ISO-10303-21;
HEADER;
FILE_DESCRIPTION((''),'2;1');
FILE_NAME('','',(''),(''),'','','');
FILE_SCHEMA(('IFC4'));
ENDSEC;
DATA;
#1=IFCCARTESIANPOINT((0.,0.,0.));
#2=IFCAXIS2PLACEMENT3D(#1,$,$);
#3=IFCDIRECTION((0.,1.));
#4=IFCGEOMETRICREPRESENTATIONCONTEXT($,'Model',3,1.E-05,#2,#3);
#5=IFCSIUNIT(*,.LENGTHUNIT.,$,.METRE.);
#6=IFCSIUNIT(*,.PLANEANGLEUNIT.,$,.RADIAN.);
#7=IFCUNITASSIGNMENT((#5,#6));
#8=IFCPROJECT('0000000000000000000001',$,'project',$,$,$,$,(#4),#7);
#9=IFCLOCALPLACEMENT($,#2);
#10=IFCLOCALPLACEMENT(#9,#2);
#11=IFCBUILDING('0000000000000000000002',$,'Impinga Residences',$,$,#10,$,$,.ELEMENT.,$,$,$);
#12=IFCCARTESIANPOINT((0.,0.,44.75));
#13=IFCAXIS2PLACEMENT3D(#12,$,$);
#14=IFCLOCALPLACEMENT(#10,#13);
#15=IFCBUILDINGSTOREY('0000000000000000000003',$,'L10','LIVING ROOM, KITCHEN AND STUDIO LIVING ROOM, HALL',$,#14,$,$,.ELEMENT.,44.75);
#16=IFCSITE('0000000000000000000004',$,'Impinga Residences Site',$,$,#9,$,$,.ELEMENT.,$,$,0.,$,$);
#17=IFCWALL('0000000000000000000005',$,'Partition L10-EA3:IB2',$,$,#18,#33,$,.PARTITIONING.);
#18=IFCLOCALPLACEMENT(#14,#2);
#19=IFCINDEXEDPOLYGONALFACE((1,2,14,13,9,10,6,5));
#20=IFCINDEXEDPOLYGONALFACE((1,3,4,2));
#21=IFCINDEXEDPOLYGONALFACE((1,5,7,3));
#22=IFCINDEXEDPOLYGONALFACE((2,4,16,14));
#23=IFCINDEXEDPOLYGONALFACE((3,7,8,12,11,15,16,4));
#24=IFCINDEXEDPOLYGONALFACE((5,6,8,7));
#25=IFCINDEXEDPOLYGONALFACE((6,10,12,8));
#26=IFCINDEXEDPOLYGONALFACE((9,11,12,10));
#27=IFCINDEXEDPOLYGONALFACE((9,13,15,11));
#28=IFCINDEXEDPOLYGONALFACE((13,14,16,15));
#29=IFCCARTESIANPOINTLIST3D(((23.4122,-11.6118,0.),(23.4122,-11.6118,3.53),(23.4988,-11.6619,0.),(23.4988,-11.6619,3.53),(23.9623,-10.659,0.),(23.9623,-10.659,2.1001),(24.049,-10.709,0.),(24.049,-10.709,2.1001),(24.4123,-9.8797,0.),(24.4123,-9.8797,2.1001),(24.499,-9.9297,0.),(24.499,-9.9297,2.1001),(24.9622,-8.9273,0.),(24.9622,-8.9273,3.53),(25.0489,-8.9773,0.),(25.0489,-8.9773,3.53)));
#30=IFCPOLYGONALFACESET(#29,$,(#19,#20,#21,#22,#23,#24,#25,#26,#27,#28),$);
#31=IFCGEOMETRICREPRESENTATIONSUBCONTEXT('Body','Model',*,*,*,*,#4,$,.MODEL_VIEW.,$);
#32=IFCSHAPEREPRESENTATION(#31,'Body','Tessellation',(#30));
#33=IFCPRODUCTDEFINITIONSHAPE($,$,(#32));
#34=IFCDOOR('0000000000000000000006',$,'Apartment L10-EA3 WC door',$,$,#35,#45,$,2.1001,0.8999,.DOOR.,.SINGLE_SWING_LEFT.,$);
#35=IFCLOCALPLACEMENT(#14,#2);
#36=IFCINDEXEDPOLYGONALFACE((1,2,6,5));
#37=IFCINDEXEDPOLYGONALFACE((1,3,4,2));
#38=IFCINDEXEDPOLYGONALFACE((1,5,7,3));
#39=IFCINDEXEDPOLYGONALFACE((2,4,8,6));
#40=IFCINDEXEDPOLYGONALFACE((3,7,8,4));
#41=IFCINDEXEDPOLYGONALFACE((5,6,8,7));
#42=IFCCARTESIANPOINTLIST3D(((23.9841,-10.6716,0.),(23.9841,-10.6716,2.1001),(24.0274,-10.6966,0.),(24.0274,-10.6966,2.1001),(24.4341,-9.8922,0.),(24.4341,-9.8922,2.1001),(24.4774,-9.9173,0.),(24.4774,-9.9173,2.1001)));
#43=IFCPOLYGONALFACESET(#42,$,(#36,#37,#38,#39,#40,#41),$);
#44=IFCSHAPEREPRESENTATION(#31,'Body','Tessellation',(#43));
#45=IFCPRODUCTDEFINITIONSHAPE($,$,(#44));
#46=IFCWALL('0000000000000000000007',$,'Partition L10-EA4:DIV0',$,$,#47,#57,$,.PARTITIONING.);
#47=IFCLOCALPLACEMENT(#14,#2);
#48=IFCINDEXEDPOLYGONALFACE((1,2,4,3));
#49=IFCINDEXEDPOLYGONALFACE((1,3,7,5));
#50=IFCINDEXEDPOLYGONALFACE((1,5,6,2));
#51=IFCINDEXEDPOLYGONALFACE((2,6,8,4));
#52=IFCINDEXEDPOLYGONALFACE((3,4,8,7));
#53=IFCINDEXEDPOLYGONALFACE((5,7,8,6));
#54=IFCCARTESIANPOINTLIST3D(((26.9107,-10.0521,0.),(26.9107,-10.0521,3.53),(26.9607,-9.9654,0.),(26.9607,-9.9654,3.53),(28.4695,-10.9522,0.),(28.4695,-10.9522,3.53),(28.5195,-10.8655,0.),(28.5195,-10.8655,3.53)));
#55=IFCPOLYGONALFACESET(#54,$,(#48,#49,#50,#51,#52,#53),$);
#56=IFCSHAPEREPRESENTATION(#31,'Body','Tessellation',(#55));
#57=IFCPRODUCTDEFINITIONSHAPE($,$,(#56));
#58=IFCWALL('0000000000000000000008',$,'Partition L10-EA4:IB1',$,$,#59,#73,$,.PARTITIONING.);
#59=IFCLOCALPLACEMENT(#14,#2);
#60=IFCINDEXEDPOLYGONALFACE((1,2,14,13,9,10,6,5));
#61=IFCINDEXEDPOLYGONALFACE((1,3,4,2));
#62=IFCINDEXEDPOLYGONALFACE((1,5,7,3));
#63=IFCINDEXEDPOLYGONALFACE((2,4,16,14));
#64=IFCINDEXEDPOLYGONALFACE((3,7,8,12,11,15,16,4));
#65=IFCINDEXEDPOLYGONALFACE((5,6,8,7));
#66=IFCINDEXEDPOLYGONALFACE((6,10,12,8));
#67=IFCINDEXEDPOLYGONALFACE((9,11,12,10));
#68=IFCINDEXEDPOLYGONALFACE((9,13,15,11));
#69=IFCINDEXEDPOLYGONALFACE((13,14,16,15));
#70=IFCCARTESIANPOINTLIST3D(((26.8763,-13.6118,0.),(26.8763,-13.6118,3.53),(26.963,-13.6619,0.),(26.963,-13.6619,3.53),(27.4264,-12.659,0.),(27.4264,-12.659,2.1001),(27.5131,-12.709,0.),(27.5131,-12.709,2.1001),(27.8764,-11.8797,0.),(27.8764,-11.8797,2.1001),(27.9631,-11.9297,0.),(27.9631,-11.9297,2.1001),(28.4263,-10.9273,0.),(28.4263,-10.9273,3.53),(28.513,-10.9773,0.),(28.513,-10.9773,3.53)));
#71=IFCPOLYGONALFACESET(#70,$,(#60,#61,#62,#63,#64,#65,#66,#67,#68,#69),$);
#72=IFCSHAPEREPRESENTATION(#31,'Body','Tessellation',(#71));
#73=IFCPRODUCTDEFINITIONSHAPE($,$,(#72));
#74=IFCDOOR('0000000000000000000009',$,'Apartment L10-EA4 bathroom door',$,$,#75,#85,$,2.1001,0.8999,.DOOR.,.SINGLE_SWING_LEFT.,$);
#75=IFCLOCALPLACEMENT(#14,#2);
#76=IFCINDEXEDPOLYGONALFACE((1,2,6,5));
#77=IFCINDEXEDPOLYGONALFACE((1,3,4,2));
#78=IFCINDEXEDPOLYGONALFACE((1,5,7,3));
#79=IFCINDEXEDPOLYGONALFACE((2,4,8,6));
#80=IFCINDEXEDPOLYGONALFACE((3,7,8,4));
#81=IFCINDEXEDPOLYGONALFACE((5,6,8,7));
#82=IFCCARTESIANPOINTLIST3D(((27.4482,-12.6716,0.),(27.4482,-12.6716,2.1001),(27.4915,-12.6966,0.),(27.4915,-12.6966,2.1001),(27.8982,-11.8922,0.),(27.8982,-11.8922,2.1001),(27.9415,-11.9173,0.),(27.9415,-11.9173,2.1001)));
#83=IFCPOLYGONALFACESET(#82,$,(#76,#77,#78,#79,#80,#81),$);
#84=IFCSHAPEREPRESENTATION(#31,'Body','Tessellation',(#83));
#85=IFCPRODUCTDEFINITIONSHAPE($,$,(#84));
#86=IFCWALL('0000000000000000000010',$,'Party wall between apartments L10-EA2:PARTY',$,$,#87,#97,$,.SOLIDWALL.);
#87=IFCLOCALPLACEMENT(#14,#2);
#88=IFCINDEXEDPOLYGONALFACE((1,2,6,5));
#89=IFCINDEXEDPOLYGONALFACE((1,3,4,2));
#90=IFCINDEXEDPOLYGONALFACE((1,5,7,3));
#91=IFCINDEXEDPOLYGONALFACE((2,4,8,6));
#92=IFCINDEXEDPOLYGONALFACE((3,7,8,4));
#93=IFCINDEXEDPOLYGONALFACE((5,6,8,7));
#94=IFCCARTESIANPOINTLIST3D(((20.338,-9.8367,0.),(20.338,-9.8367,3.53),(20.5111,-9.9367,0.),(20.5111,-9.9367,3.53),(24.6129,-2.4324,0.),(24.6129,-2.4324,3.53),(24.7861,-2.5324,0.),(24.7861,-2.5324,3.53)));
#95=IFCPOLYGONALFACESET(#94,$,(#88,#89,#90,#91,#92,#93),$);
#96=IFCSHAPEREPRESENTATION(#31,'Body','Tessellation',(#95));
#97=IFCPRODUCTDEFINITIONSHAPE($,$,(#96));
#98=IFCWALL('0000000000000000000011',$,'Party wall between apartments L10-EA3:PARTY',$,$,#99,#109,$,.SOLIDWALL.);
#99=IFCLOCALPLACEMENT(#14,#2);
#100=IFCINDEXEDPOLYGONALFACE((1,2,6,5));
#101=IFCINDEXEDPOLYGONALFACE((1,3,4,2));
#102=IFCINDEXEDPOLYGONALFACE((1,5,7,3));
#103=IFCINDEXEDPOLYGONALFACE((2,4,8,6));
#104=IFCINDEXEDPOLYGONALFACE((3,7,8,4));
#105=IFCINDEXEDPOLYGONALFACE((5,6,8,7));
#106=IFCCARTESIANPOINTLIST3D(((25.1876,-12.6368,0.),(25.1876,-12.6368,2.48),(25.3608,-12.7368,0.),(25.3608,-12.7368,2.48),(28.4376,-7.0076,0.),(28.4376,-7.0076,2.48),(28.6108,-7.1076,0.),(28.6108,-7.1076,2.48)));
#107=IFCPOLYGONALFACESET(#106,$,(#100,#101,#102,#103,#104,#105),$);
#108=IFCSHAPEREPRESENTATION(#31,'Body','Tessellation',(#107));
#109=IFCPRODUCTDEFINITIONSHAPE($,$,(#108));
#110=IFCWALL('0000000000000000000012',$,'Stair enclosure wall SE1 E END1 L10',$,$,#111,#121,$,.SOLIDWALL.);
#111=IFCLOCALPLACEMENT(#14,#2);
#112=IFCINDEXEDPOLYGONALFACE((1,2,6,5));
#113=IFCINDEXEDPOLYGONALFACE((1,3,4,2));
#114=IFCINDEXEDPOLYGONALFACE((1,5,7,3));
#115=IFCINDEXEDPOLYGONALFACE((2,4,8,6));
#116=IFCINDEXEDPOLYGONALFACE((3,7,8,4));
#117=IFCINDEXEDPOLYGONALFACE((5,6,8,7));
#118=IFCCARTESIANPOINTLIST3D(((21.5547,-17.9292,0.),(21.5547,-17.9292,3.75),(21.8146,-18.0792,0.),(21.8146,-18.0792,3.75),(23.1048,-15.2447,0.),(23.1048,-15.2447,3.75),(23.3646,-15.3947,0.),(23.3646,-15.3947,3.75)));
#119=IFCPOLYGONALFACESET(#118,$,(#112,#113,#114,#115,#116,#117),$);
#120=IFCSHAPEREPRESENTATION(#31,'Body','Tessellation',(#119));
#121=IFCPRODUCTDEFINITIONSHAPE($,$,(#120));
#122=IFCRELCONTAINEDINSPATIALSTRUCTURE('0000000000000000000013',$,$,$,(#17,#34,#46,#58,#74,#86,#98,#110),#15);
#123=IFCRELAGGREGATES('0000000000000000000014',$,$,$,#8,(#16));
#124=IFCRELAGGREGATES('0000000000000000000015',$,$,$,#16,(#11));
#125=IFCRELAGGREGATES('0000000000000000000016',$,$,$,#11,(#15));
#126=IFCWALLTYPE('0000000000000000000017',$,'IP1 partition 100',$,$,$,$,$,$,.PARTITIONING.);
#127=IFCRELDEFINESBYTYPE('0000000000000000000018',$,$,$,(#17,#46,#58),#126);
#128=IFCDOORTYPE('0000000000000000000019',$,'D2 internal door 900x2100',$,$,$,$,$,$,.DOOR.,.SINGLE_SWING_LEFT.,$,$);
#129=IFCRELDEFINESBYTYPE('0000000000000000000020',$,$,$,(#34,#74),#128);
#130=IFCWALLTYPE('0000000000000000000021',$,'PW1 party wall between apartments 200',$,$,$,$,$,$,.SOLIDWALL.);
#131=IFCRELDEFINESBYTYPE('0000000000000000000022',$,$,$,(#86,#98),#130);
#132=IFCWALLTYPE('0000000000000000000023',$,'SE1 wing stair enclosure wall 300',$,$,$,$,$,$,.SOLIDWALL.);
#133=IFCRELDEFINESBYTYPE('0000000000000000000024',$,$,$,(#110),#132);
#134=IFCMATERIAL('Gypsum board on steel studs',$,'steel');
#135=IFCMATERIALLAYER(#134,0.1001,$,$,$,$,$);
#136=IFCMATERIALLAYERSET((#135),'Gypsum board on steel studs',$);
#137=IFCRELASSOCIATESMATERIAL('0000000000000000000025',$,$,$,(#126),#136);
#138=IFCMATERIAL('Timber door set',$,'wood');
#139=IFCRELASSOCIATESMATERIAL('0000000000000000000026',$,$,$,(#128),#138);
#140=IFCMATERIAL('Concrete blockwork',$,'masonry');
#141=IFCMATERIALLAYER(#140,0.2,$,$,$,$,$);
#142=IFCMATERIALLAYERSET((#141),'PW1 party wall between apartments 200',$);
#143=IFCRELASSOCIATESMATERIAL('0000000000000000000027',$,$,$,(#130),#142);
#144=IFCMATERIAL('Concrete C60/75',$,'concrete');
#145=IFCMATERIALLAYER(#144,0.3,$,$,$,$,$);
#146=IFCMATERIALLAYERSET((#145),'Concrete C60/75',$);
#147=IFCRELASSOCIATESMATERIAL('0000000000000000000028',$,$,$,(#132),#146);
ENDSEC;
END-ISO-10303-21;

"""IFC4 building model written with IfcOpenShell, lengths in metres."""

from ifc_helpers import new_model, si_unit, direction, frame, frame_2d, origin, place, context, subcontext, project, spatial, rectangle, extrude, material, layer, layer_set, type_object, element, fill, save


model = new_model("IFC4")

# Units and contexts
model_context = context("Model", 3, precision=1e-05, world=origin(), true_north=direction((0.0, 1.0)))
body_context = subcontext(model_context, "Body", "Model", "MODEL_VIEW")
ifc_project = project(units=[si_unit("LENGTHUNIT", "METRE"), si_unit("PLANEANGLEUNIT", "RADIAN")], contexts=[model_context])

# Site, building, storey
site_placement = place(None, origin())
site = spatial("IfcSite", under=ifc_project, at=site_placement, Name="Impinga Residences Site", CompositionType="ELEMENT", RefElevation=0.0)
building_placement = place(site_placement, origin())
building = spatial("IfcBuilding", under=site, at=building_placement, Name="Impinga Residences", CompositionType="ELEMENT")
storey_placement = place(building_placement, frame((0.0, 0.0, 44.75)))
storey = spatial("IfcBuildingStorey", under=building, at=storey_placement, Name="L10", Description="LIVING ROOM, KITCHEN AND STUDIO LIVING ROOM, HALL", CompositionType="ELEMENT", Elevation=44.75)

# Shared definitions
ifc_material_1 = material(Name="Concrete C60/75", Category="concrete")

# Shared definitions
ifc_material_2 = material(Name="Gypsum board on steel studs", Category="steel")
ifc_layer_1 = layer(ifc_material_2, 0.1001)
ifc_layer_set_1 = layer_set([ifc_layer_1], Name="Gypsum board on steel studs")
wall_type_1 = type_object("IfcWallType", Name="IP1 partition 100", PredefinedType="PARTITIONING", material=ifc_layer_set_1)
ifc_material_3 = material(Name="Timber door set", Category="wood")
door_type = type_object("IfcDoorType", Name="D2 internal door 900x2100", OperationType="SINGLE_SWING_LEFT", PredefinedType="DOOR", material=ifc_material_3)

# Wall, opening, door
wall_1_placement = place(storey_placement, frame((23.4556, -11.6367, 0.0), z_axis=(0.0, 0.0, 1.0), x_axis=(0.500027, 0.86601, 0.0)))
wall_1 = element("IfcWall", 1, at=wall_1_placement, inside=storey, type_object=wall_type_1, Name="Partition L10-EA3:IB2", PredefinedType="PARTITIONING", context=body_context, shape_type="SweptSolid", body=[
    extrude(rectangle(XDim=3.0999, YDim=0.1001, at=frame_2d((1.5498, 0.0))), origin(), (0.0, 0.0, 1.0), 3.53),
])
opening_1_placement = place(wall_1_placement, frame((1.1001, 0.0, 0.0)))
opening_1 = element("IfcOpeningElement", 2, at=opening_1_placement, cuts=wall_1, PredefinedType="OPENING", context=body_context, shape_type="SweptSolid", body=[
    extrude(rectangle(XDim=0.8999, YDim=2.1001, at=frame_2d((0.45, 1.05))), frame((0.0, 0.0601, 0.0), z_axis=(0.0, -1.0, 0.0), x_axis=(1.0, 0.0, 0.0)), (0.0, 0.0, 1.0), 0.1201),
])
door_1_placement = place(opening_1_placement, origin())
door_1 = element("IfcDoor", 3, at=door_1_placement, inside=storey, type_object=door_type, Name="Apartment L10-EA3 WC door", OperationType="SINGLE_SWING_LEFT", OverallHeight=2.1001, OverallWidth=0.8999, PredefinedType="DOOR", context=body_context, shape_type="SweptSolid", body=[
    extrude(rectangle(XDim=0.8999, YDim=2.1001, at=frame_2d((0.45, 1.05))), frame((0.0, 0.0249, 0.0), z_axis=(0.0, -1.0, 0.0), x_axis=(1.0, 0.0, 0.0)), (0.0, 0.0, 1.0), 0.05),
])
fill(opening_1, door_1)

# Wall
wall_2_placement = place(storey_placement, frame((26.9358, -10.0088, 0.0), z_axis=(0.0, 0.0, 1.0), x_axis=(0.865989, -0.500063, 0.0)))
element("IfcWall", 4, at=wall_2_placement, inside=storey, type_object=wall_type_1, Name="Partition L10-EA4:DIV0", PredefinedType="PARTITIONING", context=body_context, shape_type="SweptSolid", body=[
    extrude(rectangle(XDim=1.8, YDim=0.1001, at=frame_2d((0.8999, 0.0))), origin(), (0.0, 0.0, 1.0), 3.53),
])

# Wall, opening, door
wall_3_placement = place(storey_placement, frame((26.9197, -13.6367, 0.0), z_axis=(0.0, 0.0, 1.0), x_axis=(0.500027, 0.86601, 0.0)))
wall_3 = element("IfcWall", 5, at=wall_3_placement, inside=storey, type_object=wall_type_1, Name="Partition L10-EA4:IB1", PredefinedType="PARTITIONING", context=body_context, shape_type="SweptSolid", body=[
    extrude(rectangle(XDim=3.0999, YDim=0.1001, at=frame_2d((1.5498, 0.0))), origin(), (0.0, 0.0, 1.0), 3.53),
])
opening_2_placement = place(wall_3_placement, frame((1.1001, 0.0, 0.0)))
opening_2 = element("IfcOpeningElement", 6, at=opening_2_placement, cuts=wall_3, PredefinedType="OPENING", context=body_context, shape_type="SweptSolid", body=[
    extrude(rectangle(XDim=0.8999, YDim=2.1001, at=frame_2d((0.45, 1.05))), frame((0.0, 0.0601, 0.0), z_axis=(0.0, -1.0, 0.0), x_axis=(1.0, 0.0, 0.0)), (0.0, 0.0, 1.0), 0.1201),
])
door_2_placement = place(opening_2_placement, origin())
door_2 = element("IfcDoor", 7, at=door_2_placement, inside=storey, type_object=door_type, Name="Apartment L10-EA4 bathroom door", OperationType="SINGLE_SWING_LEFT", OverallHeight=2.1001, OverallWidth=0.8999, PredefinedType="DOOR", context=body_context, shape_type="SweptSolid", body=[
    extrude(rectangle(XDim=0.8999, YDim=2.1001, at=frame_2d((0.45, 1.05))), frame((0.0, 0.0249, 0.0), z_axis=(0.0, -1.0, 0.0), x_axis=(1.0, 0.0, 0.0)), (0.0, 0.0, 1.0), 0.05),
])
fill(opening_2, door_2)

# Walls
ifc_material_4 = material(Name="Concrete blockwork", Category="masonry")
ifc_layer_2 = layer(ifc_material_4, 0.2)
ifc_layer_set_2 = layer_set([ifc_layer_2], Name="PW1 party wall between apartments 200")
wall_type_2 = type_object("IfcWallType", Name="PW1 party wall between apartments 200", PredefinedType="SOLIDWALL", material=ifc_layer_set_2)
wall_4_placement = place(storey_placement, frame((20.4246, -9.8867, 0.0), z_axis=(0.0, 0.0, 1.0), x_axis=(0.500003, 0.866024, 0.0)))
element("IfcWall", 8, at=wall_4_placement, inside=storey, type_object=wall_type_2, Name="Party wall between apartments L10-EA2:PARTY", PredefinedType="SOLIDWALL", context=body_context, shape_type="SweptSolid", body=[
    extrude(rectangle(XDim=8.5498, YDim=0.2, at=frame_2d((4.2749, 0.0))), origin(), (0.0, 0.0, 1.0), 3.53),
])
wall_5_placement = place(storey_placement, frame((25.2742, -12.6868, 0.0), z_axis=(0.0, 0.0, 1.0), x_axis=(0.500001, 0.866025, 0.0)))
element("IfcWall", 9, at=wall_5_placement, inside=storey, type_object=wall_type_2, Name="Party wall between apartments L10-EA3:PARTY", PredefinedType="SOLIDWALL", context=body_context, shape_type="SweptSolid", body=[
    extrude(rectangle(XDim=6.5, YDim=0.2, at=frame_2d((3.25, 0.0))), origin(), (0.0, 0.0, 1.0), 2.48),
])
ifc_layer_3 = layer(ifc_material_1, 0.3)
ifc_layer_set_3 = layer_set([ifc_layer_3], Name="Concrete C60/75")
wall_type_3 = type_object("IfcWallType", Name="SE1 wing stair enclosure wall 300", PredefinedType="SOLIDWALL", material=ifc_layer_set_3)
wall_6_placement = place(storey_placement, frame((23.2346, -15.3198, 0.0), z_axis=(0.0, 0.0, 1.0), x_axis=(-0.500027, -0.86601, 0.0)))
element("IfcWall", 10, at=wall_6_placement, inside=storey, type_object=wall_type_3, Name="Stair enclosure wall SE1 E END1 L10", PredefinedType="SOLIDWALL", context=body_context, shape_type="SweptSolid", body=[
    extrude(rectangle(XDim=3.0999, YDim=0.3, at=frame_2d((1.5498, 0.0))), origin(), (0.0, 0.0, 1.0), 3.75),
])

save(model, "model.ifc")
